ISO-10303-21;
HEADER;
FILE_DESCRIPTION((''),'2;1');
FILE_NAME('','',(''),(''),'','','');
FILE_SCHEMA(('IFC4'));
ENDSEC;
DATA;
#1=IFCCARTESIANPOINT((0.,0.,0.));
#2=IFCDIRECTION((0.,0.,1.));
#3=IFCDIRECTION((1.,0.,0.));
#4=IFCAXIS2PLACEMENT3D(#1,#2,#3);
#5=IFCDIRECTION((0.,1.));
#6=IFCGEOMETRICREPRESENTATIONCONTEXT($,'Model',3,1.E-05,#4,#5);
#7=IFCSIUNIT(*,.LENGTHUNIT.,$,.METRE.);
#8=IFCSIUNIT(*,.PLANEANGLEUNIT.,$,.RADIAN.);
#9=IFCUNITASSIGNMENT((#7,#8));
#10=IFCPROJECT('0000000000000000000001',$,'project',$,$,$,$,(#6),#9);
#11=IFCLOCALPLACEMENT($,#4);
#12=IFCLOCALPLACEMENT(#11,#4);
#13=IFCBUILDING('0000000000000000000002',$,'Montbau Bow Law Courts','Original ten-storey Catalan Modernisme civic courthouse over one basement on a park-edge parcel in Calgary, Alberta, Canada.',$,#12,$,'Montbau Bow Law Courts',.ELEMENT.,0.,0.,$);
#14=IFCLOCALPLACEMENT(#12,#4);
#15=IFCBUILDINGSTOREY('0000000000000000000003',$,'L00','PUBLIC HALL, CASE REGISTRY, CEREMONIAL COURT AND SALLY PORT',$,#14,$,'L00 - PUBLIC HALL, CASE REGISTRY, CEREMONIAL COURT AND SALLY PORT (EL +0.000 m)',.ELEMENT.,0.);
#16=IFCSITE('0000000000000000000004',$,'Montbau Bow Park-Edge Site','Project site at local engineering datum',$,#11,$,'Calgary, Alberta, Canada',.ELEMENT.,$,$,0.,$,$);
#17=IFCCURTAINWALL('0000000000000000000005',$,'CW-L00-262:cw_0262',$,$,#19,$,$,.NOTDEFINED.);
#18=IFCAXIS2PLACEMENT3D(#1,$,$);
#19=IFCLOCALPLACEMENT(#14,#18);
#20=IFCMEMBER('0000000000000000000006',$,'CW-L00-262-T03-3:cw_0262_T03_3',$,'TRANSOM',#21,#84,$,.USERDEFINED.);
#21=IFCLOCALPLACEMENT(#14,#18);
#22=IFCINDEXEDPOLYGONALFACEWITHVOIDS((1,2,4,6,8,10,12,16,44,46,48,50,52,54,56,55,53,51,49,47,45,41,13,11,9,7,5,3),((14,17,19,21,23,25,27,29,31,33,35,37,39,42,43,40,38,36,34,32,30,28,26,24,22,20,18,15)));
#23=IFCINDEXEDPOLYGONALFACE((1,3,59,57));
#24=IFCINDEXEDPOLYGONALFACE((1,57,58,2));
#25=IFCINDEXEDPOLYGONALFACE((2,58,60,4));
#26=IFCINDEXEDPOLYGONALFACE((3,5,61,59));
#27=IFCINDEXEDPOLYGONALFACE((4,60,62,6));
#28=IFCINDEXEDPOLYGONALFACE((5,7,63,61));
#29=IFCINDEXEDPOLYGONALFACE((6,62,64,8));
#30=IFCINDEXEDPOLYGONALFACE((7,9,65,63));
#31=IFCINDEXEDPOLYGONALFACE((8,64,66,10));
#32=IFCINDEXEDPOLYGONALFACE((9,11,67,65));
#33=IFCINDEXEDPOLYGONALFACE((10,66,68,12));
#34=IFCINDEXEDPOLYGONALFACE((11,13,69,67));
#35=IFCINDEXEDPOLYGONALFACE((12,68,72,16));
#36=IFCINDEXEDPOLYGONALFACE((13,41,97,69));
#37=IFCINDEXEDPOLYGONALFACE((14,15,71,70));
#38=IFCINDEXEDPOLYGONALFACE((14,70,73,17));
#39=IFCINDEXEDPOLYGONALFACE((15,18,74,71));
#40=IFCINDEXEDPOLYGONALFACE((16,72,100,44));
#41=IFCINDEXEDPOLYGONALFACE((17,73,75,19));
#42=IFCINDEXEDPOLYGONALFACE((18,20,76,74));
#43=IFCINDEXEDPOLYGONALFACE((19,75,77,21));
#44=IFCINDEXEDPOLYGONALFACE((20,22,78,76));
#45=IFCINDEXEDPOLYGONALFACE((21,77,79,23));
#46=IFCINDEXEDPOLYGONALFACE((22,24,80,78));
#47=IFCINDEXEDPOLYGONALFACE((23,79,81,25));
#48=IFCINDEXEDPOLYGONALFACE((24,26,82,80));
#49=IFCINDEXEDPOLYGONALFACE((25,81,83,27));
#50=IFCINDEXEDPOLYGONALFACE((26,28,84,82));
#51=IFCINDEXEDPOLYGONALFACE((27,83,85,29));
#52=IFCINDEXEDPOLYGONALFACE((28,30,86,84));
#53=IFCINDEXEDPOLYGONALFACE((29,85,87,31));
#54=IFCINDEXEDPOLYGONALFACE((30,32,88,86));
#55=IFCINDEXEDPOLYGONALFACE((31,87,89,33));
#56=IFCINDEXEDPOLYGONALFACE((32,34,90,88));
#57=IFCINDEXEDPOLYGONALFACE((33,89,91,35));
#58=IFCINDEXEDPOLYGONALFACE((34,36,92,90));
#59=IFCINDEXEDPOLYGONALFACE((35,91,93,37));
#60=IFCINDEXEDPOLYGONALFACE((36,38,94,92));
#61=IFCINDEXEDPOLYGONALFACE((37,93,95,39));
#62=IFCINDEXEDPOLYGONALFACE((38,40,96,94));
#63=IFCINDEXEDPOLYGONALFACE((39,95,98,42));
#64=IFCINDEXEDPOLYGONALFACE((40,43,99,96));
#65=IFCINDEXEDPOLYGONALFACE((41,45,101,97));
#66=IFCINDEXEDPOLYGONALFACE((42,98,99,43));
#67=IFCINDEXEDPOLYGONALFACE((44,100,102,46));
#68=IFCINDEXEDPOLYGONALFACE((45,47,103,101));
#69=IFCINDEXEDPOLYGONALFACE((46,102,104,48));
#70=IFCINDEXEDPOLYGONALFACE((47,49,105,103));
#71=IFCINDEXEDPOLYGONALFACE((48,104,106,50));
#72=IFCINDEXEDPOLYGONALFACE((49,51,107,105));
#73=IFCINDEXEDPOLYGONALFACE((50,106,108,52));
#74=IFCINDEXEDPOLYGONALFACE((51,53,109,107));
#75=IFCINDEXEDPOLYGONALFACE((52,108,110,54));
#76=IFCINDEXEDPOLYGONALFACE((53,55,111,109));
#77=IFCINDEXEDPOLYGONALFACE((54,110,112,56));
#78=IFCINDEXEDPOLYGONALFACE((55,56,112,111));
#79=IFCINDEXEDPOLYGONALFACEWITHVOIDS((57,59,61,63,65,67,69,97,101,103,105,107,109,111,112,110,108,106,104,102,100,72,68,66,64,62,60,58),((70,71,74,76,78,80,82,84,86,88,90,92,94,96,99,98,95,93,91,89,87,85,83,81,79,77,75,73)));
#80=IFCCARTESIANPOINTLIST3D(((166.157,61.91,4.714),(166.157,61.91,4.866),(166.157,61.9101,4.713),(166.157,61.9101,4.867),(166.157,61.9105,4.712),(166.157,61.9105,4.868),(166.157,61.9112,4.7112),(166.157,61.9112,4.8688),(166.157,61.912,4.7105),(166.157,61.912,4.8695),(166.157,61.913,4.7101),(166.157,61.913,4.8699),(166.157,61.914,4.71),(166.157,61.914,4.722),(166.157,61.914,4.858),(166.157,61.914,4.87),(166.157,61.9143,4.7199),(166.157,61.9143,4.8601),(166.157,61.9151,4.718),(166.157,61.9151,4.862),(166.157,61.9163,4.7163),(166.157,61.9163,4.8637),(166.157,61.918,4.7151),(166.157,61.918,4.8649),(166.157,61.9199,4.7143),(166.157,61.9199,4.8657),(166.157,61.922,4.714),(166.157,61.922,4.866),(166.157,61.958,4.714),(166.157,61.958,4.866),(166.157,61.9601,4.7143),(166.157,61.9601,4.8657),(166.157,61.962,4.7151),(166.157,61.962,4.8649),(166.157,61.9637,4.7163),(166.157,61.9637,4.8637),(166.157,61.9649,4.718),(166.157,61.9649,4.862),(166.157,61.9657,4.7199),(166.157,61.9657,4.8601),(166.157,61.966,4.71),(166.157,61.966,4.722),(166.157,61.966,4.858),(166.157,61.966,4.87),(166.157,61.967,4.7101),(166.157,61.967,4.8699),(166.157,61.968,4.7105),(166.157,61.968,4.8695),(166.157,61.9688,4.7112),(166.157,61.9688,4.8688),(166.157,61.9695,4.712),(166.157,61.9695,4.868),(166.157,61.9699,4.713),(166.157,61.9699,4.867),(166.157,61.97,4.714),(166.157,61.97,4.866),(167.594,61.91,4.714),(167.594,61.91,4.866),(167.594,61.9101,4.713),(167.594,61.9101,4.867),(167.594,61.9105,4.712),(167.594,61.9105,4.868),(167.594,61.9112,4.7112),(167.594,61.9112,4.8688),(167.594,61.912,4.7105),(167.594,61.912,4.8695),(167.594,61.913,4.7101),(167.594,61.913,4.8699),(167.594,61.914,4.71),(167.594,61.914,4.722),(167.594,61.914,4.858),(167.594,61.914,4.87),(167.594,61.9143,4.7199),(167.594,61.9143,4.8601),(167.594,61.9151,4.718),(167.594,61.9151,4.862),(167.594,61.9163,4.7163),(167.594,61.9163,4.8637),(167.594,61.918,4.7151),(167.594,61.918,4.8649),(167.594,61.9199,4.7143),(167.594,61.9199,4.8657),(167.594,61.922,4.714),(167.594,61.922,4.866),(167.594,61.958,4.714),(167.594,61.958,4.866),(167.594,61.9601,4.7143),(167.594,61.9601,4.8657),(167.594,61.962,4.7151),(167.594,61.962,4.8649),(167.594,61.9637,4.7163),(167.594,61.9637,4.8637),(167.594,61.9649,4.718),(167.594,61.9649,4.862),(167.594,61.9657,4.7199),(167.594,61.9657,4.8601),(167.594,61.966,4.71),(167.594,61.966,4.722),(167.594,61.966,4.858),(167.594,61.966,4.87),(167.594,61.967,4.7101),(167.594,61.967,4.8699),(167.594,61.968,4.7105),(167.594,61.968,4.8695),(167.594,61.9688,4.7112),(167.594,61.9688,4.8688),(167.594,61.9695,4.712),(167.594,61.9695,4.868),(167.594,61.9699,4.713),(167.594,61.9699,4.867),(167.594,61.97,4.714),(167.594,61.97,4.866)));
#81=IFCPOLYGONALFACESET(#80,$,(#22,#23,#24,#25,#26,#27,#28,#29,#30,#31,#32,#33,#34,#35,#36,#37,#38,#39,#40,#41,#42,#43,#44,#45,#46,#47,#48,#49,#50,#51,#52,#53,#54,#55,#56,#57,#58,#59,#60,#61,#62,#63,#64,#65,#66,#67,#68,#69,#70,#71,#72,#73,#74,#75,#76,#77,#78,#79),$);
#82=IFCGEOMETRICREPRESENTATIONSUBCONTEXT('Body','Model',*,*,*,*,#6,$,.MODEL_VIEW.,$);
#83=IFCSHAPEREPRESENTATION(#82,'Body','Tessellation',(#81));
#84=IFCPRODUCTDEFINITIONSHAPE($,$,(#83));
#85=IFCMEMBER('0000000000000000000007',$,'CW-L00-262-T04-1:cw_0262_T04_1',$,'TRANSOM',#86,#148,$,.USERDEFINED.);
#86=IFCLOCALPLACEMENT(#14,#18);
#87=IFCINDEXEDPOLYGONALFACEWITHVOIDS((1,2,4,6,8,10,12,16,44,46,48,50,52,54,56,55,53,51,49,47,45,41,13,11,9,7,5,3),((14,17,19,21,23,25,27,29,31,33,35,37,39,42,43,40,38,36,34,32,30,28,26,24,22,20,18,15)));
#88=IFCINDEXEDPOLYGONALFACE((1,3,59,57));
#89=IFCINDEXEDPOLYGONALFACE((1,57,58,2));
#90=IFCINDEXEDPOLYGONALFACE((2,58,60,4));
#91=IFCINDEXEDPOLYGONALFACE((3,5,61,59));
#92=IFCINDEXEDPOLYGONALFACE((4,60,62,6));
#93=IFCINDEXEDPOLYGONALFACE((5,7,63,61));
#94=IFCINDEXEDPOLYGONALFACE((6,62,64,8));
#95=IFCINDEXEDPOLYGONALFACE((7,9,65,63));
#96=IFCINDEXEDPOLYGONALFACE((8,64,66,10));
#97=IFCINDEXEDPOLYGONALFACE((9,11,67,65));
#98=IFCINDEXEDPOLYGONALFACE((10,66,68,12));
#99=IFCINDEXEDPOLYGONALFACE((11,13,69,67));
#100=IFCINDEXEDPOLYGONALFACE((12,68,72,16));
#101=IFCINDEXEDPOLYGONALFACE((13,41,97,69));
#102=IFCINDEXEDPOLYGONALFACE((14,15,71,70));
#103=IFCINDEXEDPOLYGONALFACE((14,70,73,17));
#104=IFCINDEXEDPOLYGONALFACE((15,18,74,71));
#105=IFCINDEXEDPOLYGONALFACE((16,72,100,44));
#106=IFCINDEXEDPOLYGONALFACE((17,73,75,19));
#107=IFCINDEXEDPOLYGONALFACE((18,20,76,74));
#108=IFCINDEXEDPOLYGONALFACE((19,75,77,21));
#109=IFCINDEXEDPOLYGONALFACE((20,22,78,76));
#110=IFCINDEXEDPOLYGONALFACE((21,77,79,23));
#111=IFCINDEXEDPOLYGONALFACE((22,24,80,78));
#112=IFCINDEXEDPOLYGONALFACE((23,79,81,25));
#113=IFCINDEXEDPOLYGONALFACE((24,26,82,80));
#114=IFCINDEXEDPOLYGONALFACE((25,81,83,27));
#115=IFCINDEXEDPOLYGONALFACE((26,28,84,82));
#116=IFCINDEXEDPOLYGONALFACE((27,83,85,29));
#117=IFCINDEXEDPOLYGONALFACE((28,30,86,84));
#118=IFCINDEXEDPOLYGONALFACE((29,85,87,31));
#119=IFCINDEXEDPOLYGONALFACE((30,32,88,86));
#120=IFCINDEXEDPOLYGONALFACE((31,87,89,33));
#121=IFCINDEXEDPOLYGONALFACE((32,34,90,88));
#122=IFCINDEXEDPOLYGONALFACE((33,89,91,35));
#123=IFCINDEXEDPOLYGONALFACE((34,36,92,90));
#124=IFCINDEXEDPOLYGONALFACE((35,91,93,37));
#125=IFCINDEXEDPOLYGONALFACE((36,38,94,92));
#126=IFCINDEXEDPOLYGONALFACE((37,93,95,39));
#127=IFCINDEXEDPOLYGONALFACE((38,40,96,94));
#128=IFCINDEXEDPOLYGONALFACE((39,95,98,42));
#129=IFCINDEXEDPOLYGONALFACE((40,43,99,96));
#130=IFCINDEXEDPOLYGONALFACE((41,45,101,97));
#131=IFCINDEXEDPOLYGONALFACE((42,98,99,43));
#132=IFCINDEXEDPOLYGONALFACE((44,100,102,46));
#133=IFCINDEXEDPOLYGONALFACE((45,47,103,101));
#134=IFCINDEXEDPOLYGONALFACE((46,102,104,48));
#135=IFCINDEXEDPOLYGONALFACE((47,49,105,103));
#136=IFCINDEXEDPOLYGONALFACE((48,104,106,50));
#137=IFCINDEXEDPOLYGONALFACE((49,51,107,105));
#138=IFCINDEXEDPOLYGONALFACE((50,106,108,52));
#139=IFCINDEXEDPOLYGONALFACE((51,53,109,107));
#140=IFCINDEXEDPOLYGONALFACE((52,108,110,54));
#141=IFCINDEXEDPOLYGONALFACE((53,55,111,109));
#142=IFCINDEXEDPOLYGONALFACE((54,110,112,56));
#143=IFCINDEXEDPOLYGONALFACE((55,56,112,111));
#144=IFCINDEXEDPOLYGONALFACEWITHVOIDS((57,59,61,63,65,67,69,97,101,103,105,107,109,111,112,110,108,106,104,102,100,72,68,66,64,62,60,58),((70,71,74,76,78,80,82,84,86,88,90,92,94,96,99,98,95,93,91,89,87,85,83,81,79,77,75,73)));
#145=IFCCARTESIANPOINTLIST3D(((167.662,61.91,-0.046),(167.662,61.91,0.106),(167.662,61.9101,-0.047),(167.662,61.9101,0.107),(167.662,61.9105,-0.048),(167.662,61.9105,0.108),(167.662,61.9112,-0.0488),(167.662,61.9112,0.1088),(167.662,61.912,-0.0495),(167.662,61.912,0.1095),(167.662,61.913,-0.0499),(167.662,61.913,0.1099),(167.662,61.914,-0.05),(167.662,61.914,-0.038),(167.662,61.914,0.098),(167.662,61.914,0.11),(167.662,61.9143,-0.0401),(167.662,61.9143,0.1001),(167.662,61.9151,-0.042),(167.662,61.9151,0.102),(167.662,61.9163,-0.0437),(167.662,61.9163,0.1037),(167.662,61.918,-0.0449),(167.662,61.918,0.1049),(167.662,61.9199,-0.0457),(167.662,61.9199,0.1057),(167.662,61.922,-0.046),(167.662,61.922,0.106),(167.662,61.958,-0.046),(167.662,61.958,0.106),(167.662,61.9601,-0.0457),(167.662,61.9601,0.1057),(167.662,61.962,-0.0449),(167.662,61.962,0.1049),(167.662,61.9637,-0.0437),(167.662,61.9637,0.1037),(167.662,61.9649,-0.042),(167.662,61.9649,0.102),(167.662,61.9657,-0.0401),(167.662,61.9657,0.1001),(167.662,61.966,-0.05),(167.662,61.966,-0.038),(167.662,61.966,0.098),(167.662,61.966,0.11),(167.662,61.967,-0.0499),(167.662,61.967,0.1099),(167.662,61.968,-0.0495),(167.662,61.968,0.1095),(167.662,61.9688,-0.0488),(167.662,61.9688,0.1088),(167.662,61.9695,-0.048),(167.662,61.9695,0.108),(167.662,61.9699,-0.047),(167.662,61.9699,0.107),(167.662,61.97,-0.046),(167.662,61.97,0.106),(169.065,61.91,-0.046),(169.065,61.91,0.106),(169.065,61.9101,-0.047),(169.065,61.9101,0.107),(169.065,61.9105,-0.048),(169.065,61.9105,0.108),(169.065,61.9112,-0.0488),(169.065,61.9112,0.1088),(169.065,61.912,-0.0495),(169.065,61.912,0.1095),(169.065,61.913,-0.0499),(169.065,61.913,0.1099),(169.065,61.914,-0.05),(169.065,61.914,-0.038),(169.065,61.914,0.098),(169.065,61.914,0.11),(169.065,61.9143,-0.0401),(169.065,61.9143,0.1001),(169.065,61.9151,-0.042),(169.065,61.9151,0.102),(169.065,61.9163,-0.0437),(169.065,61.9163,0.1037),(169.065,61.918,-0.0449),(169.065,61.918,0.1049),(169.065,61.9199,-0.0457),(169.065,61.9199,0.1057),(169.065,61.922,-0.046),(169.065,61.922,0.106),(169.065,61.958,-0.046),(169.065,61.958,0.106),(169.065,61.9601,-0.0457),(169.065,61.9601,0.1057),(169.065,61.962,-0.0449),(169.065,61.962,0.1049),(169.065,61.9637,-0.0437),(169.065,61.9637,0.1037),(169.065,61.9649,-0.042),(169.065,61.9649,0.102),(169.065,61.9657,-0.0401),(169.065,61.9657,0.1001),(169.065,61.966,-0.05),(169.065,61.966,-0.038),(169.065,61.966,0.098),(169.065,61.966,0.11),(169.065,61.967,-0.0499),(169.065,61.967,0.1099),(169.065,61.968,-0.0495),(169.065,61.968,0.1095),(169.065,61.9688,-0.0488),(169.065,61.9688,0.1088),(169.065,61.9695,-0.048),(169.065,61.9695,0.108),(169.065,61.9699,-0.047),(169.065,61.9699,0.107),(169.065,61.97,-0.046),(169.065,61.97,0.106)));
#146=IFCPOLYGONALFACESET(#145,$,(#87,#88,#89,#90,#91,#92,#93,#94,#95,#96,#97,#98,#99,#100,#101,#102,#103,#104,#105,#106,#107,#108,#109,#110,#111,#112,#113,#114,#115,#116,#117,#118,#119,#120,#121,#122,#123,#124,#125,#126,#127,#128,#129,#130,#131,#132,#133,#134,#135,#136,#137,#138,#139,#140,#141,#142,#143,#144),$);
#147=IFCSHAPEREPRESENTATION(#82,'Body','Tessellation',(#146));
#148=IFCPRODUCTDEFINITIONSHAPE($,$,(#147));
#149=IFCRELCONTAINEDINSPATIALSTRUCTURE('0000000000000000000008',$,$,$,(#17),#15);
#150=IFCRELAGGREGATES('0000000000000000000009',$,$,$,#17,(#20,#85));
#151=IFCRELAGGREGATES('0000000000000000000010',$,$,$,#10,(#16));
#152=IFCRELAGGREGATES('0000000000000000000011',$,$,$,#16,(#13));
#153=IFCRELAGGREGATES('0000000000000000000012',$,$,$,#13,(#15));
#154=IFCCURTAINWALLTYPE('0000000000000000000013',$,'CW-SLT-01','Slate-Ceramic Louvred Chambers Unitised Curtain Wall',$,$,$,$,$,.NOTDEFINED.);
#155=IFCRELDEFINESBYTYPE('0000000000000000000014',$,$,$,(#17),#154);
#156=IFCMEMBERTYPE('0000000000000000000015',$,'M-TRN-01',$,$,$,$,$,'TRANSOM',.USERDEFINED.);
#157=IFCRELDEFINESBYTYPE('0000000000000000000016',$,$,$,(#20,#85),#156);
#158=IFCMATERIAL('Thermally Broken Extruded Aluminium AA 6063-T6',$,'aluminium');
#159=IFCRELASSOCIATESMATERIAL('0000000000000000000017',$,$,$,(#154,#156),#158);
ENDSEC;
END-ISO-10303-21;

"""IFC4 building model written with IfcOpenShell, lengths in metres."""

from ifc_helpers import new_model, si_unit, direction, frame, origin_with_axes, origin_2d_with_axis, place, context, subcontext, project, spatial, hollow_rectangle, extrude, material, material_profile, profile_set, type_object, element, aggregate, save


model = new_model("IFC4")

# Units and contexts
model_context = context("Model", 3, precision=1e-05, world=origin_with_axes(), true_north=direction((0.0, 1.0)))
body_context = subcontext(model_context, "Body", "Model", "MODEL_VIEW")
ifc_project = project(units=[si_unit("LENGTHUNIT", "METRE"), si_unit("PLANEANGLEUNIT", "RADIAN")], contexts=[model_context])

# Site, building, storey
site_placement = place(None, origin_with_axes())
site = spatial("IfcSite", under=ifc_project, at=site_placement, Name="Montbau Bow Park-Edge Site", Description="Project site at local engineering datum", LongName="Calgary, Alberta, Canada", CompositionType="ELEMENT", RefElevation=0.0)
building_placement = place(site_placement, origin_with_axes())
building = spatial("IfcBuilding", under=site, at=building_placement, Name="Montbau Bow Law Courts", Description="Original ten-storey Catalan Modernisme civic courthouse over one basement on a park-edge parcel in Calgary, Alberta, Canada.", LongName="Montbau Bow Law Courts", CompositionType="ELEMENT", ElevationOfRefHeight=0.0, ElevationOfTerrain=0.0)
storey_placement = place(building_placement, origin_with_axes())
storey = spatial("IfcBuildingStorey", under=building, at=storey_placement, Name="L00", Description="PUBLIC HALL, CASE REGISTRY, CEREMONIAL COURT AND SALLY PORT", LongName="L00 - PUBLIC HALL, CASE REGISTRY, CEREMONIAL COURT AND SALLY PORT (EL +0.000 m)", CompositionType="ELEMENT", Elevation=0.0)

# Curtain wall
ifc_material_1 = material(Name="Thermally Broken Extruded Aluminium AA 6063-T6", Category="aluminium")
curtain_wall_type = type_object("IfcCurtainWallType", Name="CW-SLT-01", Description="Slate-Ceramic Louvred Chambers Unitised Curtain Wall", PredefinedType="NOTDEFINED", material=ifc_material_1)
curtain_wall_1_placement = place(None, frame((163.115, 61.94, 0.0), z_axis=(0.0, 0.0, 1.0), x_axis=(1.0, 0.0, 0.0)))
curtain_wall_1 = element("IfcCurtainWall", 1, at=curtain_wall_1_placement, inside=storey, type_object=curtain_wall_type, Name="CW-L00-262:cw_0262", PredefinedType="NOTDEFINED")

# Members
ifc_material_profile_1 = material_profile(ifc_material_1, hollow_rectangle(XDim=0.06, YDim=0.16, WallThickness=0.004, InnerFilletRadius=0.008, OuterFilletRadius=0.004, at=origin_2d_with_axis()), Name="CWT-160X60", Category="Main", Priority=0)
ifc_profile_set_1 = profile_set([ifc_material_profile_1], Name="Thermally Broken Extruded Aluminium AA 6063-T6")
member_type_1 = type_object("IfcMemberType", Name="M-TRN-01", ElementType="TRANSOM", PredefinedType="USERDEFINED", material=ifc_profile_set_1)
member_1_placement = place(None, frame((166.157, 61.94, 4.79), z_axis=(1.0, 0.0, 0.0), x_axis=(0.0, 1.0, 0.0)))
member_1 = element("IfcMember", 2, at=member_1_placement, type_object=member_type_1, Name="CW-L00-262-T03-3:cw_0262_T03_3", ObjectType="TRANSOM", PredefinedType="USERDEFINED", context=body_context, shape_type="SweptSolid", body=[
    extrude(hollow_rectangle(XDim=0.06, YDim=0.16, WallThickness=0.004, InnerFilletRadius=0.008, OuterFilletRadius=0.004, at=origin_2d_with_axis()), origin_with_axes(), (0.0, 0.0, 1.0), 1.437),
])
member_2_placement = place(None, frame((167.662, 61.94, 0.03), z_axis=(1.0, 0.0, 0.0), x_axis=(0.0, 1.0, 0.0)))
member_2 = element("IfcMember", 3, at=member_2_placement, type_object=member_type_1, Name="CW-L00-262-T04-1:cw_0262_T04_1", ObjectType="TRANSOM", PredefinedType="USERDEFINED", context=body_context, shape_type="SweptSolid", body=[
    extrude(hollow_rectangle(XDim=0.06, YDim=0.16, WallThickness=0.004, InnerFilletRadius=0.008, OuterFilletRadius=0.004, at=origin_2d_with_axis()), origin_with_axes(), (0.0, 0.0, 1.0), 1.403),
])

aggregate(curtain_wall_1, [member_1, member_2])

save(model, "model.ifc")
